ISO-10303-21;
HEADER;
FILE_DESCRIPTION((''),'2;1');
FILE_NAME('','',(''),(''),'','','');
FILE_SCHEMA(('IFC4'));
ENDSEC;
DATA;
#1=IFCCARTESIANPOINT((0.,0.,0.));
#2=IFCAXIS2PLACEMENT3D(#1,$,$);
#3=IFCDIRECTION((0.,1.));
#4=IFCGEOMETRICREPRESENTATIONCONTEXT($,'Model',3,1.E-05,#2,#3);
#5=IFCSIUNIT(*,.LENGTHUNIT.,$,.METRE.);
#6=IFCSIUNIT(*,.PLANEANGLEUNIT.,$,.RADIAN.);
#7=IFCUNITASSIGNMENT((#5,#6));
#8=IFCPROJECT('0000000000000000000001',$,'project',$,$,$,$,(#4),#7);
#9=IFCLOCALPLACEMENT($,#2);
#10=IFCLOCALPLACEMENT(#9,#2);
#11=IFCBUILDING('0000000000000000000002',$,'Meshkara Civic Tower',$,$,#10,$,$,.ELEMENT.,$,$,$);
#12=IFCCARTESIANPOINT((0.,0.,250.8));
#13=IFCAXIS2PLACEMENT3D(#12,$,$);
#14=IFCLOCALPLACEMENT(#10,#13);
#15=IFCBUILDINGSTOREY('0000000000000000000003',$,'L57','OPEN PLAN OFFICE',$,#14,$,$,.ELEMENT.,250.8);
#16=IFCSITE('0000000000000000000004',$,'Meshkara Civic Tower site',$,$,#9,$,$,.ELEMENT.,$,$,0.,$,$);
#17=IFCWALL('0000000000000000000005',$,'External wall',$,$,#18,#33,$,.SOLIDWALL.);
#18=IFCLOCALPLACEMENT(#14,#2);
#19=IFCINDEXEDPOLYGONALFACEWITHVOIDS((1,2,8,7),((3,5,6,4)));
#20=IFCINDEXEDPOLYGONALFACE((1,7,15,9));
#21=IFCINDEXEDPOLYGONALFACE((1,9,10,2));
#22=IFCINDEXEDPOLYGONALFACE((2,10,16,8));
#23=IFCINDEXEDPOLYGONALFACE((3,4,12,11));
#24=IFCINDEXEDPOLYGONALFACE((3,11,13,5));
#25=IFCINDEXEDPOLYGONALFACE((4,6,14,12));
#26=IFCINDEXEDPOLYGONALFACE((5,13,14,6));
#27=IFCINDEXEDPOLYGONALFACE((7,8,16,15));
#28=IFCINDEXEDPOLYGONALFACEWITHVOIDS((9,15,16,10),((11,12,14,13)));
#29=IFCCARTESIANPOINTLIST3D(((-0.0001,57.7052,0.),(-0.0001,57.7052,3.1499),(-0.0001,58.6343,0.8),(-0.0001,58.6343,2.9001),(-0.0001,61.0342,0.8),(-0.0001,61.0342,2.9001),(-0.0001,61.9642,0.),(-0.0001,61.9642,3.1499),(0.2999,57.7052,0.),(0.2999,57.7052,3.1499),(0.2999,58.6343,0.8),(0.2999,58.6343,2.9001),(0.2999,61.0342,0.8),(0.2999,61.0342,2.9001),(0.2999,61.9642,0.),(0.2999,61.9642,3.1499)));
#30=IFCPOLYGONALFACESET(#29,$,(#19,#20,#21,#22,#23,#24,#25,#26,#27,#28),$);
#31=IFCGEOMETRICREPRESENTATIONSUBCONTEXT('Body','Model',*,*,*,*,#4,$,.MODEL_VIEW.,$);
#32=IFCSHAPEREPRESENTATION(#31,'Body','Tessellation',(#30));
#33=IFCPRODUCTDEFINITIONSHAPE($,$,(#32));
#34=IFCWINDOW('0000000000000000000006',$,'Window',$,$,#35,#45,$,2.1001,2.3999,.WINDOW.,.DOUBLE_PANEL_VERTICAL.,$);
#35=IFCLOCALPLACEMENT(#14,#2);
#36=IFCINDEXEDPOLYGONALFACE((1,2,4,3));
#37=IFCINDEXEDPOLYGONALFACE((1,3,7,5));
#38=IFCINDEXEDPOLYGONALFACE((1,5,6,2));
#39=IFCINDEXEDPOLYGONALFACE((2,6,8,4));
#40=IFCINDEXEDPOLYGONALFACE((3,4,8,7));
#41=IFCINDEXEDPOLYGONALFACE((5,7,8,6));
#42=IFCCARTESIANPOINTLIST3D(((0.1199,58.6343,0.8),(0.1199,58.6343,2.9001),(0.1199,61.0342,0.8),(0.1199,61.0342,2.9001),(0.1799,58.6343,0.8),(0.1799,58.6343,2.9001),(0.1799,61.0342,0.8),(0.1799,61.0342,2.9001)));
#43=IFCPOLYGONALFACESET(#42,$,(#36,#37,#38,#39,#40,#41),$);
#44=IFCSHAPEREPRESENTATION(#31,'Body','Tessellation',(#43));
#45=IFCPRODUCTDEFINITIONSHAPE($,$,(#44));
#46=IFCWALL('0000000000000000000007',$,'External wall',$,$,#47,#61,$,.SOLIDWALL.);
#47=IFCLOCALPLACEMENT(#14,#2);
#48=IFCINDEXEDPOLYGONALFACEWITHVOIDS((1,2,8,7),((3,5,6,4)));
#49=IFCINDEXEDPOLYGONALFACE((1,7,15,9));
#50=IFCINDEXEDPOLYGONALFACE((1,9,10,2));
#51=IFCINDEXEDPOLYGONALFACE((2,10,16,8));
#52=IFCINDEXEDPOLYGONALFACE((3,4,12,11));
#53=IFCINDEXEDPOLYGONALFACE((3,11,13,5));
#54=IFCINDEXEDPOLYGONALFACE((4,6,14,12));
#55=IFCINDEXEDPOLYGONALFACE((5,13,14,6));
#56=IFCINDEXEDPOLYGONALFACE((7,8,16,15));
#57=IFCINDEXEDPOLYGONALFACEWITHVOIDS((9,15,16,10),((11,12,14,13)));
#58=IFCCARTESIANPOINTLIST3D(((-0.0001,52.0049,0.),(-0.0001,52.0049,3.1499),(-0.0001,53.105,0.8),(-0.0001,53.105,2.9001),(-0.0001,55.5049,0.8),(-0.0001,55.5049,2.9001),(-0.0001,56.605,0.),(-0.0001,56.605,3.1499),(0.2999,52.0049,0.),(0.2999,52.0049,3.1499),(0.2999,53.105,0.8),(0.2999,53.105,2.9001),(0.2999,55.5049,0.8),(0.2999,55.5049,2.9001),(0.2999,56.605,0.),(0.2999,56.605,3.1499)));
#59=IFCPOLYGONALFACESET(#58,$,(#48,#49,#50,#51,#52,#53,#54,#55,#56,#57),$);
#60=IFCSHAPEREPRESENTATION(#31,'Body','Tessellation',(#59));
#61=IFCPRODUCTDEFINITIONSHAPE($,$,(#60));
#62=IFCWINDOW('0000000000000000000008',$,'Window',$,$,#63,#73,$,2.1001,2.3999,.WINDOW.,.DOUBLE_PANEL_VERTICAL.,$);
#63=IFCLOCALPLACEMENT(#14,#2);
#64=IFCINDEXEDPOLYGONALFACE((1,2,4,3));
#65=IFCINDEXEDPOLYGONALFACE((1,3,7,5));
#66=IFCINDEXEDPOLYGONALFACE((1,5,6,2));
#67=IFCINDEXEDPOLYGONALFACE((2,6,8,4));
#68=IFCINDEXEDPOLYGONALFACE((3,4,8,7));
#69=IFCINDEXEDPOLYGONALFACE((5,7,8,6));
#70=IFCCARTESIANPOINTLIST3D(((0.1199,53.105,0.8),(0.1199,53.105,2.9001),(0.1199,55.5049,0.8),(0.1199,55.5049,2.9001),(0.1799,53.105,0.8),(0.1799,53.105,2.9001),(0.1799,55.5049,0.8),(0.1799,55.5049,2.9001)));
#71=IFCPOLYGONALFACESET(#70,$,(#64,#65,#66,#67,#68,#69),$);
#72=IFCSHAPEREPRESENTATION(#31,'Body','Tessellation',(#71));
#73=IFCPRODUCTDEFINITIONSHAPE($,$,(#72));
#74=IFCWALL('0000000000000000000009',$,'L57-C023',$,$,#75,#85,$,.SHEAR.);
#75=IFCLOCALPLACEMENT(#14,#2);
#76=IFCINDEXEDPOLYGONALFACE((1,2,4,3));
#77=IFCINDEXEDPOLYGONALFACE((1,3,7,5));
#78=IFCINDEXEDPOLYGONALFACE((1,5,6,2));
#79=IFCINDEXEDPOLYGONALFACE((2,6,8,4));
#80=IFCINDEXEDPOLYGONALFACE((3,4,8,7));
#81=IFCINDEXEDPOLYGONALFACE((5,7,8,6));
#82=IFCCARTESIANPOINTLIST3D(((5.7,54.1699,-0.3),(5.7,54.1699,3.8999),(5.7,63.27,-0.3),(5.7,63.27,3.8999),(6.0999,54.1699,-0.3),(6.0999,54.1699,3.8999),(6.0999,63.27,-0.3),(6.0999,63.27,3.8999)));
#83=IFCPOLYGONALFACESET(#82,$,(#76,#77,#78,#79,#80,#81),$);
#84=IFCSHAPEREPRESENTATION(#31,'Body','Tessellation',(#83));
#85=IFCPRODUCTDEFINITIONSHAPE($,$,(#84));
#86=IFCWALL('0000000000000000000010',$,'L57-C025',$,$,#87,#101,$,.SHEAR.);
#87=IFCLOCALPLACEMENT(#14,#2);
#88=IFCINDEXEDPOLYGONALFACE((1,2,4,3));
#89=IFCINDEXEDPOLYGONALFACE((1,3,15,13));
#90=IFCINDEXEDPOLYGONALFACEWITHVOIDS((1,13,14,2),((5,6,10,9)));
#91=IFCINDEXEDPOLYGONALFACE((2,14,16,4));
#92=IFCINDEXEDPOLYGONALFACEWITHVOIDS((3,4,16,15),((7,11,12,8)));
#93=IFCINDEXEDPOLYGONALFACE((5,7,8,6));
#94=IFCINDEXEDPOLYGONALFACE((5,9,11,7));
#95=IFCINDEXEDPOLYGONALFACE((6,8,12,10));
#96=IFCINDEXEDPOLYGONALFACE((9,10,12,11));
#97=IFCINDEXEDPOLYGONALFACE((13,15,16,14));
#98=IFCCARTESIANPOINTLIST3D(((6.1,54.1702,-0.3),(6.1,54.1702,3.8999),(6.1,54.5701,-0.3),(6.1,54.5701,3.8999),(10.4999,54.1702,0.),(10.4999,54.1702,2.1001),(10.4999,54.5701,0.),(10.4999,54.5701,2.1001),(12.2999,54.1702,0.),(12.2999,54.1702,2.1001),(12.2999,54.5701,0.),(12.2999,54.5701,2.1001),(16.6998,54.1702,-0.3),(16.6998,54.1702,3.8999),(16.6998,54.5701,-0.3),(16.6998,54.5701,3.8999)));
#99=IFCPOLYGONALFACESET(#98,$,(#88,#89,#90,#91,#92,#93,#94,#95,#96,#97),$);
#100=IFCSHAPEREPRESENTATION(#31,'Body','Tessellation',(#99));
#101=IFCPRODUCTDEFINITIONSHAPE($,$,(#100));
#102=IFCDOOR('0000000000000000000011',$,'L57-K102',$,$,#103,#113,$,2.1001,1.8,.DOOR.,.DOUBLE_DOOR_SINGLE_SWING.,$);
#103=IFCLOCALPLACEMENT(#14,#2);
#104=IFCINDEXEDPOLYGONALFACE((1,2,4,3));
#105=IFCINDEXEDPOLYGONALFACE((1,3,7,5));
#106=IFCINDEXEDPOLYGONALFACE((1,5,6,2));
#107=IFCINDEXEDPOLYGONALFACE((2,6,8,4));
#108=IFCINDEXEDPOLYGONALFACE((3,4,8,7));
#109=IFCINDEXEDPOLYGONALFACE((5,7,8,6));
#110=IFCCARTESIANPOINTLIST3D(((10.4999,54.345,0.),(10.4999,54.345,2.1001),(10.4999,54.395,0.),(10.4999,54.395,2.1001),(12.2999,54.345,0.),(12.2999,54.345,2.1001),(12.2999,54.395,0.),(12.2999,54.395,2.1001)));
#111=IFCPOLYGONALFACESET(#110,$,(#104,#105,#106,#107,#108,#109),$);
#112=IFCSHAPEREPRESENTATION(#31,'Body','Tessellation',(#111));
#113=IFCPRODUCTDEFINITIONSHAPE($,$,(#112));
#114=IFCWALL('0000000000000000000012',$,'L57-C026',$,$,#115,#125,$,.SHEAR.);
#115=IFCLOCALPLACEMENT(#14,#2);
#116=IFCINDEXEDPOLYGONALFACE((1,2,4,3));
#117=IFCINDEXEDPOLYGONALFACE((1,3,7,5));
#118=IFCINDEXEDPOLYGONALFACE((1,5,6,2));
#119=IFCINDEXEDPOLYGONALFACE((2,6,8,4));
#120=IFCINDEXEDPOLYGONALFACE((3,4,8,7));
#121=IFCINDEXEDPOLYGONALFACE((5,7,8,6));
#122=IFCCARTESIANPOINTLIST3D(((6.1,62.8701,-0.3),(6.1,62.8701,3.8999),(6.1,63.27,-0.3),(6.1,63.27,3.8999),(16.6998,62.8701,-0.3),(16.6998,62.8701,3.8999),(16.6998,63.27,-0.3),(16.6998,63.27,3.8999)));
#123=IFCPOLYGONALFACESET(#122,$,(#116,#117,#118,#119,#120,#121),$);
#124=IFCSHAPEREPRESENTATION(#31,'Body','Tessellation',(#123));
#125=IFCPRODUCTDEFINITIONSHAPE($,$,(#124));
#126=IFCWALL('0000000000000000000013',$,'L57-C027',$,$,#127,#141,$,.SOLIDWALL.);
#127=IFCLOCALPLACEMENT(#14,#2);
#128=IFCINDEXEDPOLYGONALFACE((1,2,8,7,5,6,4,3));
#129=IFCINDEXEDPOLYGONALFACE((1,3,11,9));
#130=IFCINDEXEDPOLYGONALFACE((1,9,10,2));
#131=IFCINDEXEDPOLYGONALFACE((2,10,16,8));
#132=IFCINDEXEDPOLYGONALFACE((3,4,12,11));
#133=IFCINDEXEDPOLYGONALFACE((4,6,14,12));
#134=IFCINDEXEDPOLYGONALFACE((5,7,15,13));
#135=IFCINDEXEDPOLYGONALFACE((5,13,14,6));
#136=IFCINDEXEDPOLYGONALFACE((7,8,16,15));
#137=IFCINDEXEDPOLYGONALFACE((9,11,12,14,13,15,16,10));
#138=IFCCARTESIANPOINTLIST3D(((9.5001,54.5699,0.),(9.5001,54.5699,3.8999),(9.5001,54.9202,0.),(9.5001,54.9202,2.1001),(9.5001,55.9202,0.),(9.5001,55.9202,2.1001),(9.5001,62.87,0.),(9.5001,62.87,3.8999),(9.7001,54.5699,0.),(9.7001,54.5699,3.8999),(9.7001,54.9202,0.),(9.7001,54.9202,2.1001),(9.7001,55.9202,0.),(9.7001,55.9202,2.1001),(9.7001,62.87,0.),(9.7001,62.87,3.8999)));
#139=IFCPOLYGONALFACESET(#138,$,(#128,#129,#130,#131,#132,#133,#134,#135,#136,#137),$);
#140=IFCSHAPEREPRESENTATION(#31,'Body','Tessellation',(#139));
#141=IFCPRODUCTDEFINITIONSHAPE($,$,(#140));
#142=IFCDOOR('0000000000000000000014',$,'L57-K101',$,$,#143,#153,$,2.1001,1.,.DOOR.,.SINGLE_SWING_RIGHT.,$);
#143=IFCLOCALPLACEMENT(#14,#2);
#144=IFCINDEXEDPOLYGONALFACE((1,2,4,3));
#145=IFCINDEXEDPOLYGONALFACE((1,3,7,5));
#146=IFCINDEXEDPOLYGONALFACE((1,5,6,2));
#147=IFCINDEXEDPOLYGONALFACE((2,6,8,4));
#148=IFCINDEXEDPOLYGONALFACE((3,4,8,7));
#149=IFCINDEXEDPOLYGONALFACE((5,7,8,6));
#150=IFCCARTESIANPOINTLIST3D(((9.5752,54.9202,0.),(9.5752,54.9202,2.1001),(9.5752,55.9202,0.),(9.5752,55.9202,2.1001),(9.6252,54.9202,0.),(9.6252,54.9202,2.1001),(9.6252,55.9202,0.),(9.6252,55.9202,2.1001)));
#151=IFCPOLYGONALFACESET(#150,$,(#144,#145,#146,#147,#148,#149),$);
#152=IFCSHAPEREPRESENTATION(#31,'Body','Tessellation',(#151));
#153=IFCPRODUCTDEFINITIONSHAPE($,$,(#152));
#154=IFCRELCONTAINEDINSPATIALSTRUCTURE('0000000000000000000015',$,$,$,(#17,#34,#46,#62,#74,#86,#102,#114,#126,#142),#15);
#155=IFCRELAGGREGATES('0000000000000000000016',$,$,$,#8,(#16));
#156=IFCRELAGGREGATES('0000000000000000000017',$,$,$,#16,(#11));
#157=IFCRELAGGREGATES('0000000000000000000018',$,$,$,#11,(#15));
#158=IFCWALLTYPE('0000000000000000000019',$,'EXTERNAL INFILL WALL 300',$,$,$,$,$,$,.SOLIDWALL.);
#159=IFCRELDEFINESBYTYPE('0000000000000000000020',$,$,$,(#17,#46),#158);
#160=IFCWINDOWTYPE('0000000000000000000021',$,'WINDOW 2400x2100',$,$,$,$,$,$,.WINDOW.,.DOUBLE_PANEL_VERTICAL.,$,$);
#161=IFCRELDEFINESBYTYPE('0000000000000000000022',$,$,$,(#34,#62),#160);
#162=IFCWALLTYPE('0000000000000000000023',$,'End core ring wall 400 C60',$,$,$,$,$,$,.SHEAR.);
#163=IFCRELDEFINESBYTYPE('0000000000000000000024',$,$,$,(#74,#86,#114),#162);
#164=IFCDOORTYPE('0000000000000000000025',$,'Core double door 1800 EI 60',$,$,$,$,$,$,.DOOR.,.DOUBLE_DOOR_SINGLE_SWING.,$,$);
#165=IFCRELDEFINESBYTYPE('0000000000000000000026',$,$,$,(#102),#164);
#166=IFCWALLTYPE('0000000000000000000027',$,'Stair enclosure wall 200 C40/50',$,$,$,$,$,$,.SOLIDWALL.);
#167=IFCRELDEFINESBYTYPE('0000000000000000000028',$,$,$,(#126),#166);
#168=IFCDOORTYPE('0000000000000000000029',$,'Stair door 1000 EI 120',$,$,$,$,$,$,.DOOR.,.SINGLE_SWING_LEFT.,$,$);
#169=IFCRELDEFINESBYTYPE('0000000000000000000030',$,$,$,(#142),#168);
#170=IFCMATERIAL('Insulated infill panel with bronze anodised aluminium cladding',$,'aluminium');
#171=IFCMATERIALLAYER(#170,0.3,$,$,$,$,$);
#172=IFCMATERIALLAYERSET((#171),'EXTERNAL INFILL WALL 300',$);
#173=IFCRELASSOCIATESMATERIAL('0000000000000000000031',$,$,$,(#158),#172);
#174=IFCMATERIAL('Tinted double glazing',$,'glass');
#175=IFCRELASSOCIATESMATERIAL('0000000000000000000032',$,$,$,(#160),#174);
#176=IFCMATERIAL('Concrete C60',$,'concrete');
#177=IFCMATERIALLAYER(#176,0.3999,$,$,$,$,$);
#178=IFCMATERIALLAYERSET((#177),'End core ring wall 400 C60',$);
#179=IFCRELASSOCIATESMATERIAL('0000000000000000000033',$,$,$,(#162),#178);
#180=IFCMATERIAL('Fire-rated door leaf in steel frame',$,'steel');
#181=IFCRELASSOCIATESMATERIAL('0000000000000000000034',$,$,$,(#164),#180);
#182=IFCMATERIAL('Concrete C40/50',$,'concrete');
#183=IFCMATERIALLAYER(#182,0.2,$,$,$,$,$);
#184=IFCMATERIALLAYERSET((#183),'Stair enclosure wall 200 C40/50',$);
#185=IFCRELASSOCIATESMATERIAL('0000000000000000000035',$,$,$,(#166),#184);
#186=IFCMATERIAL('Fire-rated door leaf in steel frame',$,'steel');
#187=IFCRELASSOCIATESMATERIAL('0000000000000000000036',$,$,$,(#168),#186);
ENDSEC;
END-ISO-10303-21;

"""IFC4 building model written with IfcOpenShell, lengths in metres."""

from ifc_helpers import new_model, si_unit, direction, frame, frame_2d, origin, place, context, subcontext, project, spatial, rectangle, extrude, material, layer, layer_set, type_object, element, fill, save


model = new_model("IFC4")

# Units and contexts
model_context = context("Model", 3, precision=1e-05, world=origin(), true_north=direction((0.0, 1.0)))
body_context = subcontext(model_context, "Body", "Model", "MODEL_VIEW")
ifc_project = project(units=[si_unit("LENGTHUNIT", "METRE"), si_unit("PLANEANGLEUNIT", "RADIAN")], contexts=[model_context])

# Site, building, storey
site_placement = place(None, origin())
site = spatial("IfcSite", under=ifc_project, at=site_placement, Name="Meshkara Civic Tower site", CompositionType="ELEMENT", RefElevation=0.0)
building_placement = place(site_placement, origin())
building = spatial("IfcBuilding", under=site, at=building_placement, Name="Meshkara Civic Tower", CompositionType="ELEMENT")
storey_placement = place(building_placement, frame((0.0, 0.0, 250.8)))
storey = spatial("IfcBuildingStorey", under=building, at=storey_placement, Name="L57", Description="OPEN PLAN OFFICE", CompositionType="ELEMENT", Elevation=250.8)

# Walls, openings, windows
ifc_material_1 = material(Name="Insulated infill panel with bronze anodised aluminium cladding", Category="aluminium")
ifc_layer_1 = layer(ifc_material_1, 0.3)
ifc_layer_set_1 = layer_set([ifc_layer_1], Name="EXTERNAL INFILL WALL 300")
wall_type_1 = type_object("IfcWallType", Name="EXTERNAL INFILL WALL 300", PredefinedType="SOLIDWALL", material=ifc_layer_set_1)
ifc_material_2 = material(Name="Tinted double glazing", Category="glass")
window_type_1 = type_object("IfcWindowType", Name="WINDOW 2400x2100", PartitioningType="DOUBLE_PANEL_VERTICAL", PredefinedType="WINDOW", material=ifc_material_2)
wall_1_placement = place(storey_placement, frame((0.1499, 61.9641, 0.0), z_axis=(0.0, 0.0, 1.0), x_axis=(0.0, -1.0, 0.0)))
wall_1 = element("IfcWall", 1, at=wall_1_placement, inside=storey, type_object=wall_type_1, Name="External wall", PredefinedType="SOLIDWALL", context=body_context, shape_type="SweptSolid", body=[
    extrude(rectangle(XDim=4.259, YDim=0.3, at=frame_2d((2.1294, 0.0))), origin(), (0.0, 0.0, 1.0), 3.1499),
])
opening_1_placement = place(wall_1_placement, frame((0.9299, 0.0, 0.8)))
opening_1 = element("IfcOpeningElement", 2, at=opening_1_placement, cuts=wall_1, PredefinedType="OPENING", context=body_context, shape_type="SweptSolid", body=[
    extrude(rectangle(XDim=2.3999, YDim=2.1001, at=frame_2d((1.2, 1.05))), frame((0.0, 0.1599, 0.0), z_axis=(0.0, -1.0, 0.0), x_axis=(1.0, 0.0, 0.0)), (0.0, 0.0, 1.0), 0.3201),
])
window_1_placement = place(opening_1_placement, origin())
window_1 = element("IfcWindow", 3, at=window_1_placement, inside=storey, type_object=window_type_1, Name="Window", OverallHeight=2.1001, OverallWidth=2.3999, PartitioningType="DOUBLE_PANEL_VERTICAL", PredefinedType="WINDOW", context=body_context, shape_type="SweptSolid", body=[
    extrude(rectangle(XDim=2.3999, YDim=2.1001, at=frame_2d((1.2, 1.05))), frame((0.0, 0.03, 0.0), z_axis=(0.0, -1.0, 0.0), x_axis=(1.0, 0.0, 0.0)), (0.0, 0.0, 1.0), 0.0601),
])
fill(opening_1, window_1)
wall_2_placement = place(storey_placement, frame((0.1499, 56.605, 0.0), z_axis=(0.0, 0.0, 1.0), x_axis=(0.0, -1.0, 0.0)))
wall_2 = element("IfcWall", 4, at=wall_2_placement, inside=storey, type_object=wall_type_1, Name="External wall", PredefinedType="SOLIDWALL", context=body_context, shape_type="SweptSolid", body=[
    extrude(rectangle(XDim=4.6001, YDim=0.3, at=frame_2d((2.3, 0.0))), origin(), (0.0, 0.0, 1.0), 3.1499),
])
opening_2_placement = place(wall_2_placement, frame((1.1001, 0.0, 0.8)))
opening_2 = element("IfcOpeningElement", 5, at=opening_2_placement, cuts=wall_2, PredefinedType="OPENING", context=body_context, shape_type="SweptSolid", body=[
    extrude(rectangle(XDim=2.3999, YDim=2.1001, at=frame_2d((1.2, 1.05))), frame((0.0, 0.1599, 0.0), z_axis=(0.0, -1.0, 0.0), x_axis=(1.0, 0.0, 0.0)), (0.0, 0.0, 1.0), 0.3201),
])
window_2_placement = place(opening_2_placement, origin())
window_2 = element("IfcWindow", 6, at=window_2_placement, inside=storey, type_object=window_type_1, Name="Window", OverallHeight=2.1001, OverallWidth=2.3999, PartitioningType="DOUBLE_PANEL_VERTICAL", PredefinedType="WINDOW", context=body_context, shape_type="SweptSolid", body=[
    extrude(rectangle(XDim=2.3999, YDim=2.1001, at=frame_2d((1.2, 1.05))), frame((0.0, 0.03, 0.0), z_axis=(0.0, -1.0, 0.0), x_axis=(1.0, 0.0, 0.0)), (0.0, 0.0, 1.0), 0.0601),
])
fill(opening_2, window_2)

# Wall
ifc_material_3 = material(Name="Concrete C60", Category="concrete")
ifc_layer_2 = layer(ifc_material_3, 0.3999)
ifc_layer_set_2 = layer_set([ifc_layer_2], Name="End core ring wall 400 C60")
wall_type_2 = type_object("IfcWallType", Name="End core ring wall 400 C60", PredefinedType="SHEAR", material=ifc_layer_set_2)
wall_3_placement = place(storey_placement, frame((5.8999, 54.1699, -0.3), z_axis=(0.0, 0.0, 1.0), x_axis=(0.0, 1.0, 0.0)))
element("IfcWall", 7, at=wall_3_placement, inside=storey, type_object=wall_type_2, Name="L57-C023", PredefinedType="SHEAR", context=body_context, shape_type="SweptSolid", body=[
    extrude(rectangle(XDim=9.1001, YDim=0.3999, at=frame_2d((4.55, 0.0))), origin(), (0.0, 0.0, 1.0), 4.2),
])

# Wall, opening, door
wall_4_placement = place(storey_placement, frame((6.1001, 54.3701, -0.3), z_axis=(0.0, 0.0, 1.0), x_axis=(1.0, 0.0, 0.0)))
wall_4 = element("IfcWall", 8, at=wall_4_placement, inside=storey, type_object=wall_type_2, Name="L57-C025", PredefinedType="SHEAR", context=body_context, shape_type="SweptSolid", body=[
    extrude(rectangle(XDim=10.5999, YDim=0.3999, at=frame_2d((5.2998, 0.0))), origin(), (0.0, 0.0, 1.0), 4.2),
])
opening_3_placement = place(wall_4_placement, frame((4.3999, 0.0, 0.3)))
opening_3 = element("IfcOpeningElement", 9, at=opening_3_placement, cuts=wall_4, PredefinedType="OPENING", context=body_context, shape_type="SweptSolid", body=[
    extrude(rectangle(XDim=1.8, YDim=2.1001, at=frame_2d((0.8999, 1.05))), frame((0.0, 0.21, 0.0), z_axis=(0.0, -1.0, 0.0), x_axis=(1.0, 0.0, 0.0)), (0.0, 0.0, 1.0), 0.4199),
])
ifc_material_4 = material(Name="Fire-rated door leaf in steel frame", Category="steel")
door_type_1 = type_object("IfcDoorType", Name="Core double door 1800 EI 60", OperationType="DOUBLE_DOOR_SINGLE_SWING", PredefinedType="DOOR", material=ifc_material_4)
door_1_placement = place(opening_3_placement, origin())
door_1 = element("IfcDoor", 10, at=door_1_placement, inside=storey, type_object=door_type_1, Name="L57-K102", OperationType="DOUBLE_DOOR_SINGLE_SWING", OverallHeight=2.1001, OverallWidth=1.8, PredefinedType="DOOR", context=body_context, shape_type="SweptSolid", body=[
    extrude(rectangle(XDim=1.8, YDim=2.1001, at=frame_2d((0.8999, 1.05))), frame((0.0, 0.0249, 0.0), z_axis=(0.0, -1.0, 0.0), x_axis=(1.0, 0.0, 0.0)), (0.0, 0.0, 1.0), 0.05),
])
fill(opening_3, door_1)

# Wall
wall_5_placement = place(storey_placement, frame((6.1001, 63.0701, -0.3), z_axis=(0.0, 0.0, 1.0), x_axis=(1.0, 0.0, 0.0)))
element("IfcWall", 11, at=wall_5_placement, inside=storey, type_object=wall_type_2, Name="L57-C026", PredefinedType="SHEAR", context=body_context, shape_type="SweptSolid", body=[
    extrude(rectangle(XDim=10.5999, YDim=0.3999, at=frame_2d((5.2998, 0.0))), origin(), (0.0, 0.0, 1.0), 4.2),
])

# Wall, opening, door
ifc_material_5 = material(Name="Concrete C40/50", Category="concrete")
ifc_layer_3 = layer(ifc_material_5, 0.2)
ifc_layer_set_3 = layer_set([ifc_layer_3], Name="Stair enclosure wall 200 C40/50")
wall_type_3 = type_object("IfcWallType", Name="Stair enclosure wall 200 C40/50", PredefinedType="SOLIDWALL", material=ifc_layer_set_3)
wall_6_placement = place(storey_placement, frame((9.6001, 54.5701, 0.0), z_axis=(0.0, 0.0, 1.0), x_axis=(0.0, 1.0, 0.0)))
wall_6 = element("IfcWall", 12, at=wall_6_placement, inside=storey, type_object=wall_type_3, Name="L57-C027", PredefinedType="SOLIDWALL", context=body_context, shape_type="SweptSolid", body=[
    extrude(rectangle(XDim=8.3, YDim=0.2, at=frame_2d((4.1499, 0.0))), origin(), (0.0, 0.0, 1.0), 3.8999),
])
opening_4_placement = place(wall_6_placement, frame((0.3501, 0.0, 0.0)))
opening_4 = element("IfcOpeningElement", 13, at=opening_4_placement, cuts=wall_6, PredefinedType="OPENING", context=body_context, shape_type="SweptSolid", body=[
    extrude(rectangle(XDim=1.0, YDim=2.1001, at=frame_2d((0.5, 1.05))), frame((0.0, 0.1099, 0.0), z_axis=(0.0, -1.0, 0.0), x_axis=(1.0, 0.0, 0.0)), (0.0, 0.0, 1.0), 0.22),
])
ifc_material_6 = material(Name="Fire-rated door leaf in steel frame", Category="steel")
door_type_2 = type_object("IfcDoorType", Name="Stair door 1000 EI 120", OperationType="SINGLE_SWING_LEFT", PredefinedType="DOOR", material=ifc_material_6)
door_2_placement = place(opening_4_placement, origin())
door_2 = element("IfcDoor", 14, at=door_2_placement, inside=storey, type_object=door_type_2, Name="L57-K101", OperationType="SINGLE_SWING_RIGHT", OverallHeight=2.1001, OverallWidth=1.0, PredefinedType="DOOR", context=body_context, shape_type="SweptSolid", body=[
    extrude(rectangle(XDim=1.0, YDim=2.1001, at=frame_2d((0.5, 1.05))), frame((0.0, 0.0249, 0.0), z_axis=(0.0, -1.0, 0.0), x_axis=(1.0, 0.0, 0.0)), (0.0, 0.0, 1.0), 0.05),
])
fill(opening_4, door_2)

save(model, "model.ifc")
